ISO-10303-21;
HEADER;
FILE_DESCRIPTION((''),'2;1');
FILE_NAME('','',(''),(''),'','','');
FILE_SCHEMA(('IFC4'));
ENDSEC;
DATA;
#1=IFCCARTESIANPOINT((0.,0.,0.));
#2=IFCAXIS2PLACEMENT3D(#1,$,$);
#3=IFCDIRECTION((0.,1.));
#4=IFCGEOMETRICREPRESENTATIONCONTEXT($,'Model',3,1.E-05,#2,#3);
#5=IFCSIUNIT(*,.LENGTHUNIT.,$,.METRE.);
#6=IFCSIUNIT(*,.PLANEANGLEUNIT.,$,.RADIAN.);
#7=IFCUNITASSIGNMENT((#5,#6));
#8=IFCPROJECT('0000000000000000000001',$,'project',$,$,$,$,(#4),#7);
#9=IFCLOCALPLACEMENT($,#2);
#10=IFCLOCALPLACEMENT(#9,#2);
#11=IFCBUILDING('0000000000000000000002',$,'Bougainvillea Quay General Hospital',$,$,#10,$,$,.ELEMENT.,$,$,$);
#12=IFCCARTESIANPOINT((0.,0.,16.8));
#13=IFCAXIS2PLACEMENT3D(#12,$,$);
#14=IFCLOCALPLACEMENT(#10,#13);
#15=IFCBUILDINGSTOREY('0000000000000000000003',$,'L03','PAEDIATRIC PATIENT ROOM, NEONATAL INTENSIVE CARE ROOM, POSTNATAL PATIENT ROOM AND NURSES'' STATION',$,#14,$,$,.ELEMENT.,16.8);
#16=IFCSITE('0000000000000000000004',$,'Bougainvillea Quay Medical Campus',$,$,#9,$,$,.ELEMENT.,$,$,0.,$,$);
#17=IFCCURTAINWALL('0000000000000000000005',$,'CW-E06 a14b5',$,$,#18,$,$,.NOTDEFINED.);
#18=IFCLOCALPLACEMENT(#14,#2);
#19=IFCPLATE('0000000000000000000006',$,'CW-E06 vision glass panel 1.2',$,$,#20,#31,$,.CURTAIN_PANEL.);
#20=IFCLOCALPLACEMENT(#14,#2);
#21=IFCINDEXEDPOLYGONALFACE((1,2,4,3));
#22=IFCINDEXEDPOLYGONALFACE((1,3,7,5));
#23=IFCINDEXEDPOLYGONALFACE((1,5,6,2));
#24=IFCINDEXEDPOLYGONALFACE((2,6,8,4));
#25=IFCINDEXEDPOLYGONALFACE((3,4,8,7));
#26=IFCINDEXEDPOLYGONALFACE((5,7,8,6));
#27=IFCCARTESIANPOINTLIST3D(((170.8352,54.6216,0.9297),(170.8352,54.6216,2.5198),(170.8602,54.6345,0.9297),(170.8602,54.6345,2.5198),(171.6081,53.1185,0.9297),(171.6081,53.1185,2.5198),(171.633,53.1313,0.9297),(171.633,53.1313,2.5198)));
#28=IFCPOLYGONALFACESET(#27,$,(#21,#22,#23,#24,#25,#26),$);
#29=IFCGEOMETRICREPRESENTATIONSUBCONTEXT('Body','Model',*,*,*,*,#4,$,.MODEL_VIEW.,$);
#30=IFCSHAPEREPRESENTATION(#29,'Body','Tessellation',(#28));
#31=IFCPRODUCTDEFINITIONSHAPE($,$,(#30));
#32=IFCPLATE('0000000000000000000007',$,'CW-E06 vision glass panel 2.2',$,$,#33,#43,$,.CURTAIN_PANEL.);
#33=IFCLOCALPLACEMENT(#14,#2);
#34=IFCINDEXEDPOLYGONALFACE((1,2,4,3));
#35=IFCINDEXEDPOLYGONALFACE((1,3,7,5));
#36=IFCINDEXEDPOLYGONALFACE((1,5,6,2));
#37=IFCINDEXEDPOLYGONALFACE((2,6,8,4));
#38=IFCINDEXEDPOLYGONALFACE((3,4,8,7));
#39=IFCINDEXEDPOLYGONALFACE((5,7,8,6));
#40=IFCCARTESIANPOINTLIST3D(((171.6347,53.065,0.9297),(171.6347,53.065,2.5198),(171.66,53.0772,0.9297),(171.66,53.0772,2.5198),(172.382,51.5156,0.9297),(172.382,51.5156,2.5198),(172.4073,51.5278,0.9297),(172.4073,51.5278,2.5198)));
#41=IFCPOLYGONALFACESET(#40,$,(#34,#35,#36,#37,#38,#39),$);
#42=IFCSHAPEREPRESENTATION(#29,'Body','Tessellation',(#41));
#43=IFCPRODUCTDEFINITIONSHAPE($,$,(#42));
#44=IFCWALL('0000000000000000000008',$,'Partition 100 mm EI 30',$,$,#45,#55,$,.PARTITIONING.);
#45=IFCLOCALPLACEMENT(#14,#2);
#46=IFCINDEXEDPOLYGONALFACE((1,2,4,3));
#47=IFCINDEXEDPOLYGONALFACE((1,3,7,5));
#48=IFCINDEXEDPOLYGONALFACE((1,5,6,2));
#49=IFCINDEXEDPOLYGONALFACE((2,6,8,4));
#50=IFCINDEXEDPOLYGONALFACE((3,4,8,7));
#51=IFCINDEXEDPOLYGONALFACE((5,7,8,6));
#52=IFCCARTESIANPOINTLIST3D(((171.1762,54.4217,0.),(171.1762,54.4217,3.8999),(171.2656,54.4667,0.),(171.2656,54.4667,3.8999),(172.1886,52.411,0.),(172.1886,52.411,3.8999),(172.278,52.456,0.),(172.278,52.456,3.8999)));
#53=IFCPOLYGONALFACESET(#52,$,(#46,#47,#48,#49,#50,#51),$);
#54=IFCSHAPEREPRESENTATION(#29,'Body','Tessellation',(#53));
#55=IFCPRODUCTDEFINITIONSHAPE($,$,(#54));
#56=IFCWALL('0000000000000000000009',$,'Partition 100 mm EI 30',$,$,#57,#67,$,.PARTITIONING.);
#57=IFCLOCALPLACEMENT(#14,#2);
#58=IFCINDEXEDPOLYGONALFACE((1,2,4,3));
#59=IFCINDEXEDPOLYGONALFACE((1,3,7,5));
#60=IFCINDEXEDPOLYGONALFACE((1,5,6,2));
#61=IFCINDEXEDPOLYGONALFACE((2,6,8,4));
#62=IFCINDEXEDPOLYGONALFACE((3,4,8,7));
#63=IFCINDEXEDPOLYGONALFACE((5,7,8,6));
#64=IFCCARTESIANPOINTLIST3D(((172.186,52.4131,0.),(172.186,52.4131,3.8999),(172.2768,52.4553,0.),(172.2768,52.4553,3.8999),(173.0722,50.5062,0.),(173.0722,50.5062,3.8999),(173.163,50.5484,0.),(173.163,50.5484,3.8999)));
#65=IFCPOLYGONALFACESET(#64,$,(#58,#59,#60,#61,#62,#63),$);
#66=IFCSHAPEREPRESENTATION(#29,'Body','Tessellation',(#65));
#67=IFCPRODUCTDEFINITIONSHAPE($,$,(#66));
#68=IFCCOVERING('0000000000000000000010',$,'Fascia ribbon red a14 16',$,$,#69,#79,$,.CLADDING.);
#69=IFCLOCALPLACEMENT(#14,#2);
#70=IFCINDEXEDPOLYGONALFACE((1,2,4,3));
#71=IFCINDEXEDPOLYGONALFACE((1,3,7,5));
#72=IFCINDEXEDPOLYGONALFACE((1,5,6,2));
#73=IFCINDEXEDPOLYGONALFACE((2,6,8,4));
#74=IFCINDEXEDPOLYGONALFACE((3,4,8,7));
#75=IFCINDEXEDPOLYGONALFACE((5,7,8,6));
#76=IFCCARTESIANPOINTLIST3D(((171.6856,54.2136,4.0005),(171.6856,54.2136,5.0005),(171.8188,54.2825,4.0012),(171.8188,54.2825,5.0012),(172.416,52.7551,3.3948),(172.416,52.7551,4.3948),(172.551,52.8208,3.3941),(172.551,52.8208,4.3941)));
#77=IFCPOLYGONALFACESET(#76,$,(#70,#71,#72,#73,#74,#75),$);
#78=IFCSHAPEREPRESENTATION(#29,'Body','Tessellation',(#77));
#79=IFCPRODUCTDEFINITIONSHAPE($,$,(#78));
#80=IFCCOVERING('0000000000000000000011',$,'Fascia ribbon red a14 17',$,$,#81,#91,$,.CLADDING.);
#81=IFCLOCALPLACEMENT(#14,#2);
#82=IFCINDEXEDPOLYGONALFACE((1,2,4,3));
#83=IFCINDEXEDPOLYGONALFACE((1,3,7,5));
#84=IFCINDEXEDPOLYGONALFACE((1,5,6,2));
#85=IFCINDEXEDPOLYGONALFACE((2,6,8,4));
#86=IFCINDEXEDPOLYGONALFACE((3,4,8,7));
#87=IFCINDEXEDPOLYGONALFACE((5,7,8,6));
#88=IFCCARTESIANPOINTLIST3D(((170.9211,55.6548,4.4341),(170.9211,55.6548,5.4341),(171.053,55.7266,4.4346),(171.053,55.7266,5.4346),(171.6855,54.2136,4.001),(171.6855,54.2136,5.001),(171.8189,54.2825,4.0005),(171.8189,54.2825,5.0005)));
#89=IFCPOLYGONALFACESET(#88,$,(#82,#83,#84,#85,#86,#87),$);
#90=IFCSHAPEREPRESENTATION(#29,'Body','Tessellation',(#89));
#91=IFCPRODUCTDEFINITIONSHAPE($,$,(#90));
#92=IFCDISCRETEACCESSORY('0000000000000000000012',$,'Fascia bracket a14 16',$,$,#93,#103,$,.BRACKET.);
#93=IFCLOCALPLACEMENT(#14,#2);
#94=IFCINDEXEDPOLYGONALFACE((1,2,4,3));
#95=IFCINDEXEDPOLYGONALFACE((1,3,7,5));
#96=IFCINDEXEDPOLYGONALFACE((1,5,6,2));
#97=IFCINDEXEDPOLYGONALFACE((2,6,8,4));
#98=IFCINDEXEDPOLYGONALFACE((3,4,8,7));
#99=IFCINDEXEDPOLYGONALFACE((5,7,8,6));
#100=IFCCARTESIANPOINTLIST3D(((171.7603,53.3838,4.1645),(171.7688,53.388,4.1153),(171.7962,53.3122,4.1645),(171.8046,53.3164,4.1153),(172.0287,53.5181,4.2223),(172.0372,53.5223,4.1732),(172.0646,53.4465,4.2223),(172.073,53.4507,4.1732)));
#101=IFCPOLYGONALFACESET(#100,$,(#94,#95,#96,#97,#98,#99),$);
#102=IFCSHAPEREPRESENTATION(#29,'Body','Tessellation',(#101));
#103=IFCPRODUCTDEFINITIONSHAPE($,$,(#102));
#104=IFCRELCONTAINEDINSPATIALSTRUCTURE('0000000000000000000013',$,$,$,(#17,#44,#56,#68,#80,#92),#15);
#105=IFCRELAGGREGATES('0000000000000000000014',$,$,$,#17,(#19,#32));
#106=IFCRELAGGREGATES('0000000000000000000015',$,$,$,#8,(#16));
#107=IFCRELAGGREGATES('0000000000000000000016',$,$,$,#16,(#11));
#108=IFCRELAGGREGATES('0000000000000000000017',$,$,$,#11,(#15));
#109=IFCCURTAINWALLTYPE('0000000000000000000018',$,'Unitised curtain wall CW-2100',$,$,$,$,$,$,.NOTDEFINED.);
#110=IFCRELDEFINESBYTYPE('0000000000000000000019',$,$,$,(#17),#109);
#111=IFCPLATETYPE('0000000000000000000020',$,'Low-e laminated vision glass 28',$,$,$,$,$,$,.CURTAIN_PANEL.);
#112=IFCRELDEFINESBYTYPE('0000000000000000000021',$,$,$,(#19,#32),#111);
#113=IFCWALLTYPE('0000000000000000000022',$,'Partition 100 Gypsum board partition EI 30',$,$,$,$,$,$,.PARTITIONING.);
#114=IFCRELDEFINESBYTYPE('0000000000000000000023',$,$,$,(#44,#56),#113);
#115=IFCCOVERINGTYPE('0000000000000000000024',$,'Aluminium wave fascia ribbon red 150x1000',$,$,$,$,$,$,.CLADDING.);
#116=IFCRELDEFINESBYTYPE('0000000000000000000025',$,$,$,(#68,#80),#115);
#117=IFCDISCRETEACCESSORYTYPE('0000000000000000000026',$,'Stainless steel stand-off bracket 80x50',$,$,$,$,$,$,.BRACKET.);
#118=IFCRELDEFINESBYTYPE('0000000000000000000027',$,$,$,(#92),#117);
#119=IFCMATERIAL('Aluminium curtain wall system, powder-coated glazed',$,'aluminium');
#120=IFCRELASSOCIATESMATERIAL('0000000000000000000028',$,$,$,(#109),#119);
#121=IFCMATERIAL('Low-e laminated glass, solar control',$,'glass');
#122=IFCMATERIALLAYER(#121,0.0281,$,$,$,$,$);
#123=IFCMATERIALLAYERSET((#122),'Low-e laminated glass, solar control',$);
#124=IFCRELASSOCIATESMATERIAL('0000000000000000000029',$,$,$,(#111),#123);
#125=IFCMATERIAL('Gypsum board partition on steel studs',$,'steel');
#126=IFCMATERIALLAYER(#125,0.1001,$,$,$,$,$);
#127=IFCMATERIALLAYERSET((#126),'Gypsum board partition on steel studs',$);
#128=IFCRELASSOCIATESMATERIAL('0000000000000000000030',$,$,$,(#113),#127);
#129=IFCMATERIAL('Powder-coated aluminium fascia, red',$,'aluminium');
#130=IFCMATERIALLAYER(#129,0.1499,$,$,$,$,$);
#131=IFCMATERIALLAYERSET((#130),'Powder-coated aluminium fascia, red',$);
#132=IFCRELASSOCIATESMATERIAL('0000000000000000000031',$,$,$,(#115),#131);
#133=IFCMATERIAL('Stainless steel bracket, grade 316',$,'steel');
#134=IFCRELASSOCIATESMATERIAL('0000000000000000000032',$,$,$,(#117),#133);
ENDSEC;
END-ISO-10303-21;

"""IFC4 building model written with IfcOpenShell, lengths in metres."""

from ifc_helpers import new_model, si_unit, direction, frame, frame_2d, origin, origin_2d, place, context, subcontext, project, spatial, polyline, rectangle, outline, extrude, material, layer, layer_set, material_profile, profile_set, type_object, element, aggregate, save


model = new_model("IFC4")

# Units and contexts
model_context = context("Model", 3, precision=1e-05, world=origin(), true_north=direction((0.0, 1.0)))
body_context = subcontext(model_context, "Body", "Model", "MODEL_VIEW")
ifc_project = project(units=[si_unit("LENGTHUNIT", "METRE"), si_unit("PLANEANGLEUNIT", "RADIAN")], contexts=[model_context])

# Site, building, storey
site_placement = place(None, origin())
site = spatial("IfcSite", under=ifc_project, at=site_placement, Name="Bougainvillea Quay Medical Campus", CompositionType="ELEMENT", RefElevation=0.0)
building_placement = place(site_placement, origin())
building = spatial("IfcBuilding", under=site, at=building_placement, Name="Bougainvillea Quay General Hospital", CompositionType="ELEMENT")
storey_placement = place(building_placement, frame((0.0, 0.0, 16.8)))
storey = spatial("IfcBuildingStorey", under=building, at=storey_placement, Name="L03", Description="PAEDIATRIC PATIENT ROOM, NEONATAL INTENSIVE CARE ROOM, POSTNATAL PATIENT ROOM AND NURSES' STATION", CompositionType="ELEMENT", Elevation=16.8)

# Curtain wall, plates
ifc_material_1 = material(Name="Aluminium curtain wall system, powder-coated glazed", Category="aluminium")
curtain_wall_type = type_object("IfcCurtainWallType", Name="Unitised curtain wall CW-2100", PredefinedType="NOTDEFINED", material=ifc_material_1)
curtain_wall_placement = place(storey_placement, origin())
curtain_wall = element("IfcCurtainWall", 1, at=curtain_wall_placement, inside=storey, type_object=curtain_wall_type, Name="CW-E06 a14b5", PredefinedType="NOTDEFINED")
ifc_material_2 = material(Name="Low-e laminated glass, solar control", Category="glass")
ifc_layer_1 = layer(ifc_material_2, 0.0281)
ifc_layer_set_1 = layer_set([ifc_layer_1], Name="Low-e laminated glass, solar control")
plate_type_1 = type_object("IfcPlateType", Name="Low-e laminated vision glass 28", PredefinedType="CURTAIN_PANEL", material=ifc_layer_set_1)
plate_1_placement = place(storey_placement, frame((171.2341, 53.8765, 0.9297), z_axis=(0.0, 0.0, 1.0), x_axis=(0.457235, -0.889346, 0.0)))
plate_1 = element("IfcPlate", 2, at=plate_1_placement, type_object=plate_type_1, Name="CW-E06 vision glass panel 1.2", PredefinedType="CURTAIN_PANEL", context=body_context, shape_type="SweptSolid", body=[
    extrude(rectangle(XDim=1.6902, YDim=0.0281, at=origin_2d()), origin(), (0.0, 0.0, 1.0), 1.5901),
])
plate_2_placement = place(storey_placement, frame((172.021, 52.2964, 0.9297), z_axis=(0.0, 0.0, 1.0), x_axis=(0.434389, -0.900726, 0.0)))
plate_2 = element("IfcPlate", 3, at=plate_2_placement, type_object=plate_type_1, Name="CW-E06 vision glass panel 2.2", PredefinedType="CURTAIN_PANEL", context=body_context, shape_type="SweptSolid", body=[
    extrude(rectangle(XDim=1.7202, YDim=0.0281, at=origin_2d()), origin(), (0.0, 0.0, 1.0), 1.5901),
])
aggregate(curtain_wall, [plate_1, plate_2])

# Walls
ifc_material_3 = material(Name="Gypsum board partition on steel studs", Category="steel")
ifc_layer_2 = layer(ifc_material_3, 0.1001)
ifc_layer_set_2 = layer_set([ifc_layer_2], Name="Gypsum board partition on steel studs")
wall_type = type_object("IfcWallType", Name="Partition 100 Gypsum board partition EI 30", PredefinedType="PARTITIONING", material=ifc_layer_set_2)
wall_1_placement = place(storey_placement, frame((171.2209, 54.4441, 0.0), z_axis=(0.0, 0.0, 1.0), x_axis=(0.449728, -0.893166, 0.0)))
element("IfcWall", 4, at=wall_1_placement, inside=storey, type_object=wall_type, Name="Partition 100 mm EI 30", PredefinedType="PARTITIONING", context=body_context, shape_type="SweptSolid", body=[
    extrude(rectangle(XDim=2.2512, YDim=0.1001, at=frame_2d((1.1255, 0.0))), origin(), (0.0, 0.0, 1.0), 3.8999),
])
wall_2_placement = place(storey_placement, frame((172.2314, 52.4341, 0.0), z_axis=(0.0, 0.0, 1.0), x_axis=(0.421442, -0.906855, 0.0)))
element("IfcWall", 5, at=wall_2_placement, inside=storey, type_object=wall_type, Name="Partition 100 mm EI 30", PredefinedType="PARTITIONING", context=body_context, shape_type="SweptSolid", body=[
    extrude(rectangle(XDim=2.1028, YDim=0.1001, at=frame_2d((1.0513, 0.0))), origin(), (0.0, 0.0, 1.0), 3.8999),
])

# Coverings
ifc_material_4 = material(Name="Powder-coated aluminium fascia, red", Category="aluminium")
ifc_layer_3 = layer(ifc_material_4, 0.1499)
ifc_layer_set_3 = layer_set([ifc_layer_3], Name="Powder-coated aluminium fascia, red")
covering_type = type_object("IfcCoveringType", Name="Aluminium wave fascia ribbon red 150x1000", PredefinedType="CLADDING", material=ifc_layer_set_3)
covering_1_placement = place(storey_placement, frame((172.416, 52.7551, 3.3948), z_axis=(0.156032, -0.311214, 0.937443), x_axis=(-0.419799, 0.838194, 0.348138)))
element("IfcCovering", 6, at=covering_1_placement, inside=storey, type_object=covering_type, Name="Fascia ribbon red a14 16", PredefinedType="CLADDING", context=body_context, shape_type="SweptSolid", body=[
    extrude(outline(polyline([(0.0, 0.0), (1.74, 0.0), (1.742, -0.15), (-0.0019, -0.1501), (0.0, 0.0)])), origin(), (0.348138, 0.000138, 0.937443), 1.0),
])
covering_2_placement = place(storey_placement, frame((171.6855, 54.2136, 4.001), z_axis=(0.120247, -0.226716, 0.966509), x_axis=(-0.452882, 0.853837, 0.256631)))
element("IfcCovering", 7, at=covering_2_placement, inside=storey, type_object=covering_type, Name="Fascia ribbon red a14 17", PredefinedType="CLADDING", context=body_context, shape_type="SweptSolid", body=[
    extrude(outline(polyline([(0.0, 0.0), (1.6879, 0.0), (1.6896, -0.1501), (-0.0017, -0.15), (0.0, 0.0)])), origin(), (0.256631, -0.000004, 0.966509), 1.0),
])

# Discrete accessory
ifc_material_5 = material(Name="Stainless steel bracket, grade 316", Category="steel")
ifc_material_profile_1 = material_profile(ifc_material_5, rectangle(XDim=0.0801, YDim=0.05, at=origin_2d()))
ifc_profile_set_1 = profile_set([ifc_material_profile_1], Name="Stainless steel bracket, grade 316")
discrete_accessory_type = type_object("IfcDiscreteAccessoryType", Name="Stainless steel stand-off bracket 80x50", PredefinedType="BRACKET", material=ifc_profile_set_1)
discrete_accessory_placement = place(storey_placement, frame((171.7825, 53.3501, 4.1399), z_axis=(0.878085, 0.439442, 0.18936), x_axis=(-0.447539, 0.894264, 0.0)))
element("IfcDiscreteAccessory", 8, at=discrete_accessory_placement, inside=storey, type_object=discrete_accessory_type, Name="Fascia bracket a14 16", PredefinedType="BRACKET", context=body_context, shape_type="SweptSolid", body=[
    extrude(rectangle(XDim=0.0801, YDim=0.05, at=origin_2d()), origin(), (0.0, 0.0, 1.0), 0.3057),
])

save(model, "model.ifc")
